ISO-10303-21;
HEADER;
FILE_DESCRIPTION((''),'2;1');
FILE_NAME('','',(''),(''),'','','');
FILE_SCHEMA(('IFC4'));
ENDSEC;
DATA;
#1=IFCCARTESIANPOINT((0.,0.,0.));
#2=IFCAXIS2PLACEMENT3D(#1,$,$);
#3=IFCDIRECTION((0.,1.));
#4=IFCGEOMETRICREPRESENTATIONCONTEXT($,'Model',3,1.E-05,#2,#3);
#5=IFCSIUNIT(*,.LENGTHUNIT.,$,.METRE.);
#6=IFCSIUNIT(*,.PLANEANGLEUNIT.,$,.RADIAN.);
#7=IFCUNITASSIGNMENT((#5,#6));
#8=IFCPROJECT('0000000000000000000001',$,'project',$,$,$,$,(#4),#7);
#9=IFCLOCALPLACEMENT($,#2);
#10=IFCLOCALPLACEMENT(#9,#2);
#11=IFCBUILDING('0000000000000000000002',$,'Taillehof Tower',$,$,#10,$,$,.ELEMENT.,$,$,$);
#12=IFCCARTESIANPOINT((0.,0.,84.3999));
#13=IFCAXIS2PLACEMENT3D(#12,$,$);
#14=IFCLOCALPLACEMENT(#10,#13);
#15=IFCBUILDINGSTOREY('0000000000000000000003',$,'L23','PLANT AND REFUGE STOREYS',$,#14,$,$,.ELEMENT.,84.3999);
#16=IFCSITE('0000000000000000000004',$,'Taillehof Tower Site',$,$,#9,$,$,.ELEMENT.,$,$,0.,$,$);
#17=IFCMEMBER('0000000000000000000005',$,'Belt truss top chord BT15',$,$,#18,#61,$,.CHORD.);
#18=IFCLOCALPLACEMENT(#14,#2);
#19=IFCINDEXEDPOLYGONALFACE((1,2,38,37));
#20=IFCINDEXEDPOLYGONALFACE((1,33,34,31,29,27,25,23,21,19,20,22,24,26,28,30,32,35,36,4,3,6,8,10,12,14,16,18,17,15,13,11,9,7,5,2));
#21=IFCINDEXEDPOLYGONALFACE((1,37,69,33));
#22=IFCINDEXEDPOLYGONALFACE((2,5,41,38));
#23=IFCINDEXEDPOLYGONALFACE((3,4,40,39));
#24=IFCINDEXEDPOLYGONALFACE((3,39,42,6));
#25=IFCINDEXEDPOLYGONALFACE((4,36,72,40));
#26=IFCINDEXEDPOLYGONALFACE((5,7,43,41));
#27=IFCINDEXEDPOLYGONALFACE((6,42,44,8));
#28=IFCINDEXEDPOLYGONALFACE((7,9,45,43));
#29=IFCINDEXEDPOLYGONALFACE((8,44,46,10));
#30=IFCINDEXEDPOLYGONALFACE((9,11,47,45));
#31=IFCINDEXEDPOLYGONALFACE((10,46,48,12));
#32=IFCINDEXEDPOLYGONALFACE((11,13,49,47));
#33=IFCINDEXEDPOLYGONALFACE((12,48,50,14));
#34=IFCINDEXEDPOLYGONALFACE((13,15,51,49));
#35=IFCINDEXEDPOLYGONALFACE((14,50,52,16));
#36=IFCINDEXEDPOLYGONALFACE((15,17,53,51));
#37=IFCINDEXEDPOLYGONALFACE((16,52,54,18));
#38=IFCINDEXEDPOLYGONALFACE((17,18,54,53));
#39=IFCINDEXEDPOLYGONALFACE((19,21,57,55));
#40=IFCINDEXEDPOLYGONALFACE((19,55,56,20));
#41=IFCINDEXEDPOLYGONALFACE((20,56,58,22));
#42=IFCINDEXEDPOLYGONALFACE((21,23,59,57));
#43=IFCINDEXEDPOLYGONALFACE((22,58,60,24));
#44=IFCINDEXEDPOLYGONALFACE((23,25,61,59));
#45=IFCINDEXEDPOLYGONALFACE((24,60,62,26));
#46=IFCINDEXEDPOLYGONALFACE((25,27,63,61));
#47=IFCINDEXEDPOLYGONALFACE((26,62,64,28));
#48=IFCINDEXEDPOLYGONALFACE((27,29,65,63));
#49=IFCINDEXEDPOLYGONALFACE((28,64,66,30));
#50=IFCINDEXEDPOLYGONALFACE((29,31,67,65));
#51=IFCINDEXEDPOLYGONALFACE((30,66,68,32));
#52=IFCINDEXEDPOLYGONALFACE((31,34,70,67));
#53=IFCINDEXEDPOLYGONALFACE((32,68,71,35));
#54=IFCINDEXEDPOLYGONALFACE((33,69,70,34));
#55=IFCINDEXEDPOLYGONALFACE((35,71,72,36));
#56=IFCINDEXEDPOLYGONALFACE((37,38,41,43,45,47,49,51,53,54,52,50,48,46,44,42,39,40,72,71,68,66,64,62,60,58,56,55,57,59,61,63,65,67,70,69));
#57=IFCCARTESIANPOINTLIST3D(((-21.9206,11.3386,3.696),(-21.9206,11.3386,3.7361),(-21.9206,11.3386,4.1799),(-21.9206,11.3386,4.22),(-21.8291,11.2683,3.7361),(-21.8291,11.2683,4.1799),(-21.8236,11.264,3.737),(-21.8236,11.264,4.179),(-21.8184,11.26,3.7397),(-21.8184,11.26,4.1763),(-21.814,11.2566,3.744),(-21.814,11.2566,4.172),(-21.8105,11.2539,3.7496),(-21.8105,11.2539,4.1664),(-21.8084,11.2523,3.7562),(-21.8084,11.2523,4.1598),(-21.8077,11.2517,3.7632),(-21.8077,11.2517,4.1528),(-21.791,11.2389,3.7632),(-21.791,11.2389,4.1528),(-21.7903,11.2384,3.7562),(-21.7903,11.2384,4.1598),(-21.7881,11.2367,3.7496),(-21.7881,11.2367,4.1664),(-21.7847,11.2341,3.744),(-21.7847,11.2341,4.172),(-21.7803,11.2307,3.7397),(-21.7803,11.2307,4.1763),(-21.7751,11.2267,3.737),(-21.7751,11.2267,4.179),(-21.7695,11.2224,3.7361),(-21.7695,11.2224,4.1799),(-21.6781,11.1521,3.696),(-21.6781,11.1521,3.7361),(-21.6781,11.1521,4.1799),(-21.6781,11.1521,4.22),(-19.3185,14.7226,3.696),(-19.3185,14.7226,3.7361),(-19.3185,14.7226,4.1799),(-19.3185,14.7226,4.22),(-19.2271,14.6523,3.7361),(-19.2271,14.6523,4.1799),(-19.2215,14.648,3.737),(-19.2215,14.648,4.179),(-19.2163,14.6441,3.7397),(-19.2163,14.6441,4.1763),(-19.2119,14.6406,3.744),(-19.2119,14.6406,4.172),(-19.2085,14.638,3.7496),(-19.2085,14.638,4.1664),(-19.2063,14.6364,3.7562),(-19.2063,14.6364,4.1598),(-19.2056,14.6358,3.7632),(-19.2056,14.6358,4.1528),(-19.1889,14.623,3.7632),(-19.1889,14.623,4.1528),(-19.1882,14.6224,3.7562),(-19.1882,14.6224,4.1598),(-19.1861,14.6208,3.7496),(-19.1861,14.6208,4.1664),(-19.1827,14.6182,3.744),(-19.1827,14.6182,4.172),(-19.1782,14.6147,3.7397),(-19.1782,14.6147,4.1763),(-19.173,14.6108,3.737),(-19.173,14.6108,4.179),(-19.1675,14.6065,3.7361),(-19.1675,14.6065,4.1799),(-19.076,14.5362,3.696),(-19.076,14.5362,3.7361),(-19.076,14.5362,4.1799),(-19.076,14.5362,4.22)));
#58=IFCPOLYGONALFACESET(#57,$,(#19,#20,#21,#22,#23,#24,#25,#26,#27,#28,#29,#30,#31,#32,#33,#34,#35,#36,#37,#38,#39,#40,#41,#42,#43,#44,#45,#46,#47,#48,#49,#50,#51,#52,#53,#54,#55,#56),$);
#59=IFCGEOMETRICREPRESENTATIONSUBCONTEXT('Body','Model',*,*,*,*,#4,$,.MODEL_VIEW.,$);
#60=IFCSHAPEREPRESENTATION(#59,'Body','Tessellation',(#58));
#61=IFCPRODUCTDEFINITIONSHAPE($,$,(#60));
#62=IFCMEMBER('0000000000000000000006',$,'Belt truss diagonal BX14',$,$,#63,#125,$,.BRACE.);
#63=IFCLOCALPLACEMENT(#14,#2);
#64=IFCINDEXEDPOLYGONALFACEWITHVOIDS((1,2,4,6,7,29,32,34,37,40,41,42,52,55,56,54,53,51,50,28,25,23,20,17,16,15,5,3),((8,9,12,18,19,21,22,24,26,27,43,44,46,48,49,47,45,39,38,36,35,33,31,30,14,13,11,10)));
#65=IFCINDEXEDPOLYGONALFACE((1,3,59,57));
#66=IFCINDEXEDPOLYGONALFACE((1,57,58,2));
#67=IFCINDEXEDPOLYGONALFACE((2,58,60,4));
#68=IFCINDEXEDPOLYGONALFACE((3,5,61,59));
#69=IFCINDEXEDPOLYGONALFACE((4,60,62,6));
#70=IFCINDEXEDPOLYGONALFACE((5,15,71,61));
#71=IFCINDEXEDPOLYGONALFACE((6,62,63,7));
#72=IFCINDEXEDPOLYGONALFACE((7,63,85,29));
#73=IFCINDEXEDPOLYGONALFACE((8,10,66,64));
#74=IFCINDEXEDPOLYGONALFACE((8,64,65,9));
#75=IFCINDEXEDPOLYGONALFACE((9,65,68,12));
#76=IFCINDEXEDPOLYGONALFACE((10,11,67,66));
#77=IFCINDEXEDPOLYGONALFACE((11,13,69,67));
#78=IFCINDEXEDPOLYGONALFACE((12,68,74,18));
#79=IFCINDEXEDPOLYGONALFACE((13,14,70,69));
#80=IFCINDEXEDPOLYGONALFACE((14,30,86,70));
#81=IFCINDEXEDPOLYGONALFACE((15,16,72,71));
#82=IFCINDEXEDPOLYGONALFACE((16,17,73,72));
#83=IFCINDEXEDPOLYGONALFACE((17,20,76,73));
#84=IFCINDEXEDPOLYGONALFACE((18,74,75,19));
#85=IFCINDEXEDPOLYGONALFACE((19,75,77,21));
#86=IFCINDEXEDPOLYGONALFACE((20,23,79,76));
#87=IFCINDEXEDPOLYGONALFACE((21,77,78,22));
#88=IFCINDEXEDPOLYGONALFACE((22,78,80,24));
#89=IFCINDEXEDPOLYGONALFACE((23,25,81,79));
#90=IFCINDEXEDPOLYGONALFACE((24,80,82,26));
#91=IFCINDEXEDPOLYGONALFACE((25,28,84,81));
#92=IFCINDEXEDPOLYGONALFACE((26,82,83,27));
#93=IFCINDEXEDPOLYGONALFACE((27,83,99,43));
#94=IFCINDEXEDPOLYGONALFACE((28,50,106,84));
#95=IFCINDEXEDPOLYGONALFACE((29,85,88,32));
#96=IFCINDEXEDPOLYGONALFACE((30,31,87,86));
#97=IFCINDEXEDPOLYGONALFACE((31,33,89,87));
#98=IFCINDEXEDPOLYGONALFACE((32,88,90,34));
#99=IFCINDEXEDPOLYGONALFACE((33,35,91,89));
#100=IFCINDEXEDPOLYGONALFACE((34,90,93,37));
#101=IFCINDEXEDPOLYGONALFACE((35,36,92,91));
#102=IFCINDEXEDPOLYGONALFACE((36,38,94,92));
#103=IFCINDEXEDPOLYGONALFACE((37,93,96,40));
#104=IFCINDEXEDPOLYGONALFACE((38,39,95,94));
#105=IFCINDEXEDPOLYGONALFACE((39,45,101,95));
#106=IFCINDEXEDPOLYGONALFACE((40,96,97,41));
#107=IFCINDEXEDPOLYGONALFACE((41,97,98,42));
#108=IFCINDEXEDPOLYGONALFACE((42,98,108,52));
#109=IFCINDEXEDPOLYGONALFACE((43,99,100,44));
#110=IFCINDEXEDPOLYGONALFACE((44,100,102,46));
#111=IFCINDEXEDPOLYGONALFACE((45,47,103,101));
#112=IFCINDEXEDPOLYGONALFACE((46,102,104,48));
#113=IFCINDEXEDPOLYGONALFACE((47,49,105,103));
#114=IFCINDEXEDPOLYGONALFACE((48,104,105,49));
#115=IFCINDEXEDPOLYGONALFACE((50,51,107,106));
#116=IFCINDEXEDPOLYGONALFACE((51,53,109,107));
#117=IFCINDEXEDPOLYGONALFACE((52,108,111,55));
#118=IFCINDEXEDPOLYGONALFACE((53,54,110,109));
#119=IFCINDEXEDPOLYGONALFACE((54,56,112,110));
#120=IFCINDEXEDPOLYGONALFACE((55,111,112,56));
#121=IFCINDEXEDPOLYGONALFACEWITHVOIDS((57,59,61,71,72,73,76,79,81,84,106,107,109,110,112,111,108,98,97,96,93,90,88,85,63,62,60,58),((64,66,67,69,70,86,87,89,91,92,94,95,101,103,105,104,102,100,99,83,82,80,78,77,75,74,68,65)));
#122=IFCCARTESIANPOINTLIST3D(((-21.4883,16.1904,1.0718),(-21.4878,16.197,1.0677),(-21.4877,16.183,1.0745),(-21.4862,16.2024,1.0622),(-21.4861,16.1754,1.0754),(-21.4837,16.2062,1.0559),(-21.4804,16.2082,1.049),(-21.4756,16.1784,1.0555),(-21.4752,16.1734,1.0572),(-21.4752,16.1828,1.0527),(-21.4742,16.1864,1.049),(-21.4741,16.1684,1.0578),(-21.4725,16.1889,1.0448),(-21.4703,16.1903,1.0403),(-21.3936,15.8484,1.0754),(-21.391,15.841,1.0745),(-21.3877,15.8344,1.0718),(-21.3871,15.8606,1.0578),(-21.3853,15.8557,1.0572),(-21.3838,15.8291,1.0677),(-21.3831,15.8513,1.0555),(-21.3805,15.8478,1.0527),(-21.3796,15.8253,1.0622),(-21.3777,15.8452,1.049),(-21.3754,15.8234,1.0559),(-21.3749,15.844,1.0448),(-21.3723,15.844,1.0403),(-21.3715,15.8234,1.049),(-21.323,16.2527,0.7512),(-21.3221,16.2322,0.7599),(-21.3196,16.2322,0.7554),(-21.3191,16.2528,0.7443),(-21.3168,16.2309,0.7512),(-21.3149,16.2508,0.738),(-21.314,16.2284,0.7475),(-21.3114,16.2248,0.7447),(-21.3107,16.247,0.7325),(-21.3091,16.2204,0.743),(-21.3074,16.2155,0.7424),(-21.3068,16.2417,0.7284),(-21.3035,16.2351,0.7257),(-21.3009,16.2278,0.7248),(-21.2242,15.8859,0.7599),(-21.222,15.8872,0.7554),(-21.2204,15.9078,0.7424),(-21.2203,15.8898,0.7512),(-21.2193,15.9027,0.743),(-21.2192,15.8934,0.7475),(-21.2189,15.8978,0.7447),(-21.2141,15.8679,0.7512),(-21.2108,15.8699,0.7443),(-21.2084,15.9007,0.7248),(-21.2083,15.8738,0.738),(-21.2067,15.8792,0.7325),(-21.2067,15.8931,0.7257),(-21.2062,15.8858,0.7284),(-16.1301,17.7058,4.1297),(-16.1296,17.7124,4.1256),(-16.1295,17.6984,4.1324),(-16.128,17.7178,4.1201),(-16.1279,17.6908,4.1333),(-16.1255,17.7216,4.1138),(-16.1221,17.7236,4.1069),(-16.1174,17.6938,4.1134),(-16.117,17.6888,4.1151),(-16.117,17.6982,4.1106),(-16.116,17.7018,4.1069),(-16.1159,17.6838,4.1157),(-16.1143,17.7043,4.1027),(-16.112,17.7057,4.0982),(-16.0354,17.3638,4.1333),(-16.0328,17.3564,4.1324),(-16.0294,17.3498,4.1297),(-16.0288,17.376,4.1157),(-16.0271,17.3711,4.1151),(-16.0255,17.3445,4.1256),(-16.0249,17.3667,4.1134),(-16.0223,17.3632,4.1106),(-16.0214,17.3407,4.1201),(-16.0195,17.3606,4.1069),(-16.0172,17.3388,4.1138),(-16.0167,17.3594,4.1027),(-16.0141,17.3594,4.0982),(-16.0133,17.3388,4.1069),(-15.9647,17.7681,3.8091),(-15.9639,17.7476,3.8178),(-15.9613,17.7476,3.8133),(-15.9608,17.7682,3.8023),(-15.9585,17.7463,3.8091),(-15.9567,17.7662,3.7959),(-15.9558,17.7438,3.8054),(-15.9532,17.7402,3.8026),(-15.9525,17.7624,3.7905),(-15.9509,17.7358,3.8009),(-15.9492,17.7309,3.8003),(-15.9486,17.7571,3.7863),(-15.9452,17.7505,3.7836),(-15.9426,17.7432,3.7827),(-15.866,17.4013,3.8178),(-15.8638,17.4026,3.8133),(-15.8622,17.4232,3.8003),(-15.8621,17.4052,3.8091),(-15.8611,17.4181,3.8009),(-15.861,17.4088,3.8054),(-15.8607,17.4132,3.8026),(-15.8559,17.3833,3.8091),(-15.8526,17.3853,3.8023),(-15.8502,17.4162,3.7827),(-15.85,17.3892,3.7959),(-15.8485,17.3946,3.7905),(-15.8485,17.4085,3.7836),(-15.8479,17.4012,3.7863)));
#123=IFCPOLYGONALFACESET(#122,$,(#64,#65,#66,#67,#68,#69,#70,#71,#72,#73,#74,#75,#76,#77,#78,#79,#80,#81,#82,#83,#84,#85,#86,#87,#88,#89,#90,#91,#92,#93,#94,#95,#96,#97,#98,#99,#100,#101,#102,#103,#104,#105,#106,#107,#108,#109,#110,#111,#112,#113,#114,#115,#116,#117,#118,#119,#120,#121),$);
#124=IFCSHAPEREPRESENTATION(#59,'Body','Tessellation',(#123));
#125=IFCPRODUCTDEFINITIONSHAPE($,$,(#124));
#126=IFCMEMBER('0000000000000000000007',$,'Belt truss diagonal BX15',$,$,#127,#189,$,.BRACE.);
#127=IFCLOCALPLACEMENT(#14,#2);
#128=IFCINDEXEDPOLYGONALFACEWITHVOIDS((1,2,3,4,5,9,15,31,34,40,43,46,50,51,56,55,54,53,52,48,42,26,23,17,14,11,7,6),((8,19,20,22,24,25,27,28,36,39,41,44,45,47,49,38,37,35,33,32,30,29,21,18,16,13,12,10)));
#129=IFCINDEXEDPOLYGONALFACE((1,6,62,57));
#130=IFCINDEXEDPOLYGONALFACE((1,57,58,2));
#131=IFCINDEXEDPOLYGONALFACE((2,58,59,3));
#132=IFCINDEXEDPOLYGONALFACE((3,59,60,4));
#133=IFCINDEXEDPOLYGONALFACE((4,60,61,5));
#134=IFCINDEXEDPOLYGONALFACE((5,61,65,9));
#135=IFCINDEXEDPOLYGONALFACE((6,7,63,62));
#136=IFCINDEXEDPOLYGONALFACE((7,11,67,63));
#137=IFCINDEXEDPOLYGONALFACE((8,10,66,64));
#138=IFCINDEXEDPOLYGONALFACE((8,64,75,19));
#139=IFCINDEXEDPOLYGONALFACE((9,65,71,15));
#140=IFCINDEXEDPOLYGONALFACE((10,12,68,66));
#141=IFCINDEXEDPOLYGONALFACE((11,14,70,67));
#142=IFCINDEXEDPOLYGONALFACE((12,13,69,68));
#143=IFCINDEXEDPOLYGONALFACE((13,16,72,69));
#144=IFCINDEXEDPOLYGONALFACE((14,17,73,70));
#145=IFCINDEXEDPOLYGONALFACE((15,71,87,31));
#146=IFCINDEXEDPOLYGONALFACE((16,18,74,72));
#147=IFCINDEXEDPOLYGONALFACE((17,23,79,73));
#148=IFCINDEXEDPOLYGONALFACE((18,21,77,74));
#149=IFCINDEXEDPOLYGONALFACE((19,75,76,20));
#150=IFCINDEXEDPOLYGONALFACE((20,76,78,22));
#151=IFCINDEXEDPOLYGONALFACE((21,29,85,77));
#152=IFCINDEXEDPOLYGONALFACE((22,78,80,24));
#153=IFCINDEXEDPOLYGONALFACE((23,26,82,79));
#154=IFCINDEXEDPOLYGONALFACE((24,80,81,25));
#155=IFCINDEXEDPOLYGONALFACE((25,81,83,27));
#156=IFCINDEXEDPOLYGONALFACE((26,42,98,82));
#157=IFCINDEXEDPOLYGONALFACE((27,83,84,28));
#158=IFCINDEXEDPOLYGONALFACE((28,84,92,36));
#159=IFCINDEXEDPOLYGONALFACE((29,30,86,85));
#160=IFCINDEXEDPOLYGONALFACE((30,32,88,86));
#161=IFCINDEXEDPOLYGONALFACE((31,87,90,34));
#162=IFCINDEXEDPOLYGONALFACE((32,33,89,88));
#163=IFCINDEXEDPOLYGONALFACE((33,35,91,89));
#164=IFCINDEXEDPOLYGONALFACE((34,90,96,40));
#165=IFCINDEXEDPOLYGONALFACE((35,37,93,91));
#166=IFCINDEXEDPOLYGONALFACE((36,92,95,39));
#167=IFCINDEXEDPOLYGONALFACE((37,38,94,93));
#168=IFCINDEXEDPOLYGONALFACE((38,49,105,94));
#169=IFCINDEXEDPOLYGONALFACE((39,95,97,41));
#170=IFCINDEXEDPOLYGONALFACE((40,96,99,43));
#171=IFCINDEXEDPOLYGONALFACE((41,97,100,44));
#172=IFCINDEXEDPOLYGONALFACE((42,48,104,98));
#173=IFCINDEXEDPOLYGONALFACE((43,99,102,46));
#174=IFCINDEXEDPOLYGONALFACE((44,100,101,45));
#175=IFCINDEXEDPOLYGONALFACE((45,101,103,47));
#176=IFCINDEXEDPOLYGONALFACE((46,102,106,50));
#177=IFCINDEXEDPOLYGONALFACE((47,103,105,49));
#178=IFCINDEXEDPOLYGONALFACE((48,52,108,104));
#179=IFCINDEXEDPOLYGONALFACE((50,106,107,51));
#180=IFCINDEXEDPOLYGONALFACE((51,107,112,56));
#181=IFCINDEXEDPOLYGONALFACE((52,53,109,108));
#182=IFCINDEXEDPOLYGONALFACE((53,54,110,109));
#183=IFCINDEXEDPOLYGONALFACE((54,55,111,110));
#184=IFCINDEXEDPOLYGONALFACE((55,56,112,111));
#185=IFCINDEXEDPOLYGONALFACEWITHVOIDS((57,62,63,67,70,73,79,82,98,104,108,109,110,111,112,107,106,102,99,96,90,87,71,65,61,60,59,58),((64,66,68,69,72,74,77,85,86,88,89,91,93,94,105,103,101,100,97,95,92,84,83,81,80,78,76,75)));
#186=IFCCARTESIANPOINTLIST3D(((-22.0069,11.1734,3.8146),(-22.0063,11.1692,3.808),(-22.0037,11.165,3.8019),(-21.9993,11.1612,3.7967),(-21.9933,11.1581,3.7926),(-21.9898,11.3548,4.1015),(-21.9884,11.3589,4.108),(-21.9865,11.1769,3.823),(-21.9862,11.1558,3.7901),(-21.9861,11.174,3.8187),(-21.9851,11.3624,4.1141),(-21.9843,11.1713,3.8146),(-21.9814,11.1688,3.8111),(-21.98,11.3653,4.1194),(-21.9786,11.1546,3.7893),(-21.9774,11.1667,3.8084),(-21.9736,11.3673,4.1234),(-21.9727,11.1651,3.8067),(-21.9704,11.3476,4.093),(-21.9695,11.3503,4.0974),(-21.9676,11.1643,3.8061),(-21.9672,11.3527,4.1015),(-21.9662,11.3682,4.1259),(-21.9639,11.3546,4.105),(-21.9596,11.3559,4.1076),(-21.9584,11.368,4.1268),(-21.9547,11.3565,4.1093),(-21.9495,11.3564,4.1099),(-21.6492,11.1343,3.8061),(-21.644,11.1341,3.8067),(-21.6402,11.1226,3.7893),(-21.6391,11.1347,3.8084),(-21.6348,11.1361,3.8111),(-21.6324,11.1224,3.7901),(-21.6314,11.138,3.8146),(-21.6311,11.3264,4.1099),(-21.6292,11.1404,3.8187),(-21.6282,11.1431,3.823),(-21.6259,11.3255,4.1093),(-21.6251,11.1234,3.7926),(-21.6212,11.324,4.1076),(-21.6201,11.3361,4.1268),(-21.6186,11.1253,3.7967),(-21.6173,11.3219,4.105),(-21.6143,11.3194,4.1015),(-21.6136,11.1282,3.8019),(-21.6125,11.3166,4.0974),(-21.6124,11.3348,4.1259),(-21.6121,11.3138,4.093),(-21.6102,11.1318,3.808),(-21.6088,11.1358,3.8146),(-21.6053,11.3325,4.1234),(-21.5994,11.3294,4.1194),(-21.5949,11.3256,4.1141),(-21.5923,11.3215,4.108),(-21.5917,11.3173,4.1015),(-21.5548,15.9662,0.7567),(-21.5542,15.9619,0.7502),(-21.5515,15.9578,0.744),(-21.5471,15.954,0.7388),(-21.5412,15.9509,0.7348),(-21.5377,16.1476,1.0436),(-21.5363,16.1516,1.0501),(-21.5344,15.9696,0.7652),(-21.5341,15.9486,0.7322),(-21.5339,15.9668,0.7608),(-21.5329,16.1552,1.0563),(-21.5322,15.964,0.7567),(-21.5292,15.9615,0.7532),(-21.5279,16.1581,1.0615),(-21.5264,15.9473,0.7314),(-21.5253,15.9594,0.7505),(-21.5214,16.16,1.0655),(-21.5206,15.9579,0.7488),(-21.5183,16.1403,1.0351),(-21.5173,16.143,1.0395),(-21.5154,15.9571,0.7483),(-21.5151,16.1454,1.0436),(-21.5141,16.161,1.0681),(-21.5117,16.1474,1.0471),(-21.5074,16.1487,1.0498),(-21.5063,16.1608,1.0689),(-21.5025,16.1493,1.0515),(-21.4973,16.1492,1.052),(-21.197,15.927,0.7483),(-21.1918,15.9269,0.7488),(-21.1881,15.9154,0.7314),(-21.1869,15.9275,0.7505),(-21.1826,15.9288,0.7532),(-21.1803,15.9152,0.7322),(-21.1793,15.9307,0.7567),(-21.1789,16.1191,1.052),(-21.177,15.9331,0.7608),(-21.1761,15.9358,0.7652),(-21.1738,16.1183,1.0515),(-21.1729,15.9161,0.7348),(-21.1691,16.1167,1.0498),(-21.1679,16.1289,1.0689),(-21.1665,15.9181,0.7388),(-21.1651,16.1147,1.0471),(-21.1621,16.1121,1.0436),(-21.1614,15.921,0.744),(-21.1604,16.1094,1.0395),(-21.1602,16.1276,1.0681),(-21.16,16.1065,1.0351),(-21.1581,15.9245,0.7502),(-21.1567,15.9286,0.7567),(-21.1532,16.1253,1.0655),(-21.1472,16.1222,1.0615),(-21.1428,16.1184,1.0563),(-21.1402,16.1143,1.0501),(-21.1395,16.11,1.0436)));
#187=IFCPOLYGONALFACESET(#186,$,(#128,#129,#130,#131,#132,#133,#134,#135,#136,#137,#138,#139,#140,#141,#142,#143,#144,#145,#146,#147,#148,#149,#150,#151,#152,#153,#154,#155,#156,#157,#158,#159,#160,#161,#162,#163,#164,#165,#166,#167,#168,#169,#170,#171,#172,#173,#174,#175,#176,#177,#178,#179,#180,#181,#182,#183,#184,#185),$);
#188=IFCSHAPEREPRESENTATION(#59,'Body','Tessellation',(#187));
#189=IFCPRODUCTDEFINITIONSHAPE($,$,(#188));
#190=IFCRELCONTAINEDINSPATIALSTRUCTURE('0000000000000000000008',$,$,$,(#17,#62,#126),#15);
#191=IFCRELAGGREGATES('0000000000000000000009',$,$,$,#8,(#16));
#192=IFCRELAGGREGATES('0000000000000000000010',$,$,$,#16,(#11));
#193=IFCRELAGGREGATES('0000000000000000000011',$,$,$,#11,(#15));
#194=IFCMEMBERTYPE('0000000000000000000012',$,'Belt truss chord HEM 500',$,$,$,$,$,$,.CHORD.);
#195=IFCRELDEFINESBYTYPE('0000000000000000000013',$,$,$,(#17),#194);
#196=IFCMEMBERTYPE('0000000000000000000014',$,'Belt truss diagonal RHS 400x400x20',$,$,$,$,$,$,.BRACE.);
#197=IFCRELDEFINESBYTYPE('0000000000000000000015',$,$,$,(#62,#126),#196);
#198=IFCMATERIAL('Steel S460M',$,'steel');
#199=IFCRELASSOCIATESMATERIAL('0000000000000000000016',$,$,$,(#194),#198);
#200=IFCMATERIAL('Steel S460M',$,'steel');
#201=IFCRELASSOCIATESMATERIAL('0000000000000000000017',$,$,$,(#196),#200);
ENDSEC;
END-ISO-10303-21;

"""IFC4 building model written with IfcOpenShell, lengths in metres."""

from ifc_helpers import new_model, si_unit, direction, frame, origin, origin_2d, place, context, subcontext, project, spatial, hollow_rectangle, i_section, extrude, material, material_profile, profile_set, type_object, element, save


model = new_model("IFC4")

# Units and contexts
model_context = context("Model", 3, precision=1e-05, world=origin(), true_north=direction((0.0, 1.0)))
body_context = subcontext(model_context, "Body", "Model", "MODEL_VIEW")
ifc_project = project(units=[si_unit("LENGTHUNIT", "METRE"), si_unit("PLANEANGLEUNIT", "RADIAN")], contexts=[model_context])

# Site, building, storey
site_placement = place(None, origin())
site = spatial("IfcSite", under=ifc_project, at=site_placement, Name="Taillehof Tower Site", CompositionType="ELEMENT", RefElevation=0.0)
building_placement = place(site_placement, origin())
building = spatial("IfcBuilding", under=site, at=building_placement, Name="Taillehof Tower", CompositionType="ELEMENT")
storey_placement = place(building_placement, frame((0.0, 0.0, 84.3999)))
storey = spatial("IfcBuildingStorey", under=building, at=storey_placement, Name="L23", Description="PLANT AND REFUGE STOREYS", CompositionType="ELEMENT", Elevation=84.3999)

# Members
ifc_material_1 = material(Name="Steel S460M", Category="steel")
ifc_material_profile_1 = material_profile(ifc_material_1, i_section(OverallWidth=0.3059, OverallDepth=0.5239, WebThickness=0.021, FlangeThickness=0.04, FilletRadius=0.0271, at=origin_2d()), Name="HEM 500")
ifc_profile_set_1 = profile_set([ifc_material_profile_1], Name="Steel S460M")
member_type_1 = type_object("IfcMemberType", Name="Belt truss chord HEM 500", PredefinedType="CHORD", material=ifc_profile_set_1)
member_1_placement = place(storey_placement, frame((-19.1973, 14.6294, 3.958), z_axis=(-0.609556, -0.792743, 0.0), x_axis=(0.792743, -0.609556, 0.0)))
element("IfcMember", 1, at=member_1_placement, inside=storey, type_object=member_type_1, Name="Belt truss top chord BT15", PredefinedType="CHORD", context=body_context, shape_type="SweptSolid", body=[
    extrude(i_section(OverallWidth=0.3059, OverallDepth=0.5239, WebThickness=0.021, FlangeThickness=0.04, FilletRadius=0.0271, at=origin_2d()), origin(), (0.0, 0.0, 1.0), 4.2688),
])
ifc_material_2 = material(Name="Steel S460M", Category="steel")
ifc_material_profile_2 = material_profile(ifc_material_2, hollow_rectangle(XDim=0.3999, YDim=0.3999, WallThickness=0.02, InnerFilletRadius=0.02, OuterFilletRadius=0.03, at=origin_2d()), Name="RHS 400x400x20")
ifc_profile_set_2 = profile_set([ifc_material_profile_2], Name="Steel S460M")
member_type_2 = type_object("IfcMemberType", Name="Belt truss diagonal RHS 400x400x20", PredefinedType="BRACE", material=ifc_profile_set_2)
member_2_placement = place(storey_placement, frame((-15.989, 17.5535, 3.958), z_axis=(-0.843446, -0.238541, -0.481349), x_axis=(0.272143, -0.962257, 0.0)))
element("IfcMember", 2, at=member_2_placement, inside=storey, type_object=member_type_2, Name="Belt truss diagonal BX14", PredefinedType="BRACE", context=body_context, shape_type="SweptSolid", body=[
    extrude(hollow_rectangle(XDim=0.3999, YDim=0.3999, WallThickness=0.02, InnerFilletRadius=0.02, OuterFilletRadius=0.03, at=origin_2d()), origin(), (0.0, 0.0, 1.0), 6.3528),
])
member_3_placement = place(storey_placement, frame((-21.3472, 16.0381, 0.9001), z_axis=(-0.079281, -0.840374, 0.536177), x_axis=(0.995579, -0.093924, 0.0)))
element("IfcMember", 3, at=member_3_placement, inside=storey, type_object=member_type_2, Name="Belt truss diagonal BX15", PredefinedType="BRACE", context=body_context, shape_type="SweptSolid", body=[
    extrude(hollow_rectangle(XDim=0.3999, YDim=0.3999, WallThickness=0.02, InnerFilletRadius=0.02, OuterFilletRadius=0.03, at=origin_2d()), origin(), (0.0, 0.0, 1.0), 5.7031),
])

save(model, "model.ifc")
